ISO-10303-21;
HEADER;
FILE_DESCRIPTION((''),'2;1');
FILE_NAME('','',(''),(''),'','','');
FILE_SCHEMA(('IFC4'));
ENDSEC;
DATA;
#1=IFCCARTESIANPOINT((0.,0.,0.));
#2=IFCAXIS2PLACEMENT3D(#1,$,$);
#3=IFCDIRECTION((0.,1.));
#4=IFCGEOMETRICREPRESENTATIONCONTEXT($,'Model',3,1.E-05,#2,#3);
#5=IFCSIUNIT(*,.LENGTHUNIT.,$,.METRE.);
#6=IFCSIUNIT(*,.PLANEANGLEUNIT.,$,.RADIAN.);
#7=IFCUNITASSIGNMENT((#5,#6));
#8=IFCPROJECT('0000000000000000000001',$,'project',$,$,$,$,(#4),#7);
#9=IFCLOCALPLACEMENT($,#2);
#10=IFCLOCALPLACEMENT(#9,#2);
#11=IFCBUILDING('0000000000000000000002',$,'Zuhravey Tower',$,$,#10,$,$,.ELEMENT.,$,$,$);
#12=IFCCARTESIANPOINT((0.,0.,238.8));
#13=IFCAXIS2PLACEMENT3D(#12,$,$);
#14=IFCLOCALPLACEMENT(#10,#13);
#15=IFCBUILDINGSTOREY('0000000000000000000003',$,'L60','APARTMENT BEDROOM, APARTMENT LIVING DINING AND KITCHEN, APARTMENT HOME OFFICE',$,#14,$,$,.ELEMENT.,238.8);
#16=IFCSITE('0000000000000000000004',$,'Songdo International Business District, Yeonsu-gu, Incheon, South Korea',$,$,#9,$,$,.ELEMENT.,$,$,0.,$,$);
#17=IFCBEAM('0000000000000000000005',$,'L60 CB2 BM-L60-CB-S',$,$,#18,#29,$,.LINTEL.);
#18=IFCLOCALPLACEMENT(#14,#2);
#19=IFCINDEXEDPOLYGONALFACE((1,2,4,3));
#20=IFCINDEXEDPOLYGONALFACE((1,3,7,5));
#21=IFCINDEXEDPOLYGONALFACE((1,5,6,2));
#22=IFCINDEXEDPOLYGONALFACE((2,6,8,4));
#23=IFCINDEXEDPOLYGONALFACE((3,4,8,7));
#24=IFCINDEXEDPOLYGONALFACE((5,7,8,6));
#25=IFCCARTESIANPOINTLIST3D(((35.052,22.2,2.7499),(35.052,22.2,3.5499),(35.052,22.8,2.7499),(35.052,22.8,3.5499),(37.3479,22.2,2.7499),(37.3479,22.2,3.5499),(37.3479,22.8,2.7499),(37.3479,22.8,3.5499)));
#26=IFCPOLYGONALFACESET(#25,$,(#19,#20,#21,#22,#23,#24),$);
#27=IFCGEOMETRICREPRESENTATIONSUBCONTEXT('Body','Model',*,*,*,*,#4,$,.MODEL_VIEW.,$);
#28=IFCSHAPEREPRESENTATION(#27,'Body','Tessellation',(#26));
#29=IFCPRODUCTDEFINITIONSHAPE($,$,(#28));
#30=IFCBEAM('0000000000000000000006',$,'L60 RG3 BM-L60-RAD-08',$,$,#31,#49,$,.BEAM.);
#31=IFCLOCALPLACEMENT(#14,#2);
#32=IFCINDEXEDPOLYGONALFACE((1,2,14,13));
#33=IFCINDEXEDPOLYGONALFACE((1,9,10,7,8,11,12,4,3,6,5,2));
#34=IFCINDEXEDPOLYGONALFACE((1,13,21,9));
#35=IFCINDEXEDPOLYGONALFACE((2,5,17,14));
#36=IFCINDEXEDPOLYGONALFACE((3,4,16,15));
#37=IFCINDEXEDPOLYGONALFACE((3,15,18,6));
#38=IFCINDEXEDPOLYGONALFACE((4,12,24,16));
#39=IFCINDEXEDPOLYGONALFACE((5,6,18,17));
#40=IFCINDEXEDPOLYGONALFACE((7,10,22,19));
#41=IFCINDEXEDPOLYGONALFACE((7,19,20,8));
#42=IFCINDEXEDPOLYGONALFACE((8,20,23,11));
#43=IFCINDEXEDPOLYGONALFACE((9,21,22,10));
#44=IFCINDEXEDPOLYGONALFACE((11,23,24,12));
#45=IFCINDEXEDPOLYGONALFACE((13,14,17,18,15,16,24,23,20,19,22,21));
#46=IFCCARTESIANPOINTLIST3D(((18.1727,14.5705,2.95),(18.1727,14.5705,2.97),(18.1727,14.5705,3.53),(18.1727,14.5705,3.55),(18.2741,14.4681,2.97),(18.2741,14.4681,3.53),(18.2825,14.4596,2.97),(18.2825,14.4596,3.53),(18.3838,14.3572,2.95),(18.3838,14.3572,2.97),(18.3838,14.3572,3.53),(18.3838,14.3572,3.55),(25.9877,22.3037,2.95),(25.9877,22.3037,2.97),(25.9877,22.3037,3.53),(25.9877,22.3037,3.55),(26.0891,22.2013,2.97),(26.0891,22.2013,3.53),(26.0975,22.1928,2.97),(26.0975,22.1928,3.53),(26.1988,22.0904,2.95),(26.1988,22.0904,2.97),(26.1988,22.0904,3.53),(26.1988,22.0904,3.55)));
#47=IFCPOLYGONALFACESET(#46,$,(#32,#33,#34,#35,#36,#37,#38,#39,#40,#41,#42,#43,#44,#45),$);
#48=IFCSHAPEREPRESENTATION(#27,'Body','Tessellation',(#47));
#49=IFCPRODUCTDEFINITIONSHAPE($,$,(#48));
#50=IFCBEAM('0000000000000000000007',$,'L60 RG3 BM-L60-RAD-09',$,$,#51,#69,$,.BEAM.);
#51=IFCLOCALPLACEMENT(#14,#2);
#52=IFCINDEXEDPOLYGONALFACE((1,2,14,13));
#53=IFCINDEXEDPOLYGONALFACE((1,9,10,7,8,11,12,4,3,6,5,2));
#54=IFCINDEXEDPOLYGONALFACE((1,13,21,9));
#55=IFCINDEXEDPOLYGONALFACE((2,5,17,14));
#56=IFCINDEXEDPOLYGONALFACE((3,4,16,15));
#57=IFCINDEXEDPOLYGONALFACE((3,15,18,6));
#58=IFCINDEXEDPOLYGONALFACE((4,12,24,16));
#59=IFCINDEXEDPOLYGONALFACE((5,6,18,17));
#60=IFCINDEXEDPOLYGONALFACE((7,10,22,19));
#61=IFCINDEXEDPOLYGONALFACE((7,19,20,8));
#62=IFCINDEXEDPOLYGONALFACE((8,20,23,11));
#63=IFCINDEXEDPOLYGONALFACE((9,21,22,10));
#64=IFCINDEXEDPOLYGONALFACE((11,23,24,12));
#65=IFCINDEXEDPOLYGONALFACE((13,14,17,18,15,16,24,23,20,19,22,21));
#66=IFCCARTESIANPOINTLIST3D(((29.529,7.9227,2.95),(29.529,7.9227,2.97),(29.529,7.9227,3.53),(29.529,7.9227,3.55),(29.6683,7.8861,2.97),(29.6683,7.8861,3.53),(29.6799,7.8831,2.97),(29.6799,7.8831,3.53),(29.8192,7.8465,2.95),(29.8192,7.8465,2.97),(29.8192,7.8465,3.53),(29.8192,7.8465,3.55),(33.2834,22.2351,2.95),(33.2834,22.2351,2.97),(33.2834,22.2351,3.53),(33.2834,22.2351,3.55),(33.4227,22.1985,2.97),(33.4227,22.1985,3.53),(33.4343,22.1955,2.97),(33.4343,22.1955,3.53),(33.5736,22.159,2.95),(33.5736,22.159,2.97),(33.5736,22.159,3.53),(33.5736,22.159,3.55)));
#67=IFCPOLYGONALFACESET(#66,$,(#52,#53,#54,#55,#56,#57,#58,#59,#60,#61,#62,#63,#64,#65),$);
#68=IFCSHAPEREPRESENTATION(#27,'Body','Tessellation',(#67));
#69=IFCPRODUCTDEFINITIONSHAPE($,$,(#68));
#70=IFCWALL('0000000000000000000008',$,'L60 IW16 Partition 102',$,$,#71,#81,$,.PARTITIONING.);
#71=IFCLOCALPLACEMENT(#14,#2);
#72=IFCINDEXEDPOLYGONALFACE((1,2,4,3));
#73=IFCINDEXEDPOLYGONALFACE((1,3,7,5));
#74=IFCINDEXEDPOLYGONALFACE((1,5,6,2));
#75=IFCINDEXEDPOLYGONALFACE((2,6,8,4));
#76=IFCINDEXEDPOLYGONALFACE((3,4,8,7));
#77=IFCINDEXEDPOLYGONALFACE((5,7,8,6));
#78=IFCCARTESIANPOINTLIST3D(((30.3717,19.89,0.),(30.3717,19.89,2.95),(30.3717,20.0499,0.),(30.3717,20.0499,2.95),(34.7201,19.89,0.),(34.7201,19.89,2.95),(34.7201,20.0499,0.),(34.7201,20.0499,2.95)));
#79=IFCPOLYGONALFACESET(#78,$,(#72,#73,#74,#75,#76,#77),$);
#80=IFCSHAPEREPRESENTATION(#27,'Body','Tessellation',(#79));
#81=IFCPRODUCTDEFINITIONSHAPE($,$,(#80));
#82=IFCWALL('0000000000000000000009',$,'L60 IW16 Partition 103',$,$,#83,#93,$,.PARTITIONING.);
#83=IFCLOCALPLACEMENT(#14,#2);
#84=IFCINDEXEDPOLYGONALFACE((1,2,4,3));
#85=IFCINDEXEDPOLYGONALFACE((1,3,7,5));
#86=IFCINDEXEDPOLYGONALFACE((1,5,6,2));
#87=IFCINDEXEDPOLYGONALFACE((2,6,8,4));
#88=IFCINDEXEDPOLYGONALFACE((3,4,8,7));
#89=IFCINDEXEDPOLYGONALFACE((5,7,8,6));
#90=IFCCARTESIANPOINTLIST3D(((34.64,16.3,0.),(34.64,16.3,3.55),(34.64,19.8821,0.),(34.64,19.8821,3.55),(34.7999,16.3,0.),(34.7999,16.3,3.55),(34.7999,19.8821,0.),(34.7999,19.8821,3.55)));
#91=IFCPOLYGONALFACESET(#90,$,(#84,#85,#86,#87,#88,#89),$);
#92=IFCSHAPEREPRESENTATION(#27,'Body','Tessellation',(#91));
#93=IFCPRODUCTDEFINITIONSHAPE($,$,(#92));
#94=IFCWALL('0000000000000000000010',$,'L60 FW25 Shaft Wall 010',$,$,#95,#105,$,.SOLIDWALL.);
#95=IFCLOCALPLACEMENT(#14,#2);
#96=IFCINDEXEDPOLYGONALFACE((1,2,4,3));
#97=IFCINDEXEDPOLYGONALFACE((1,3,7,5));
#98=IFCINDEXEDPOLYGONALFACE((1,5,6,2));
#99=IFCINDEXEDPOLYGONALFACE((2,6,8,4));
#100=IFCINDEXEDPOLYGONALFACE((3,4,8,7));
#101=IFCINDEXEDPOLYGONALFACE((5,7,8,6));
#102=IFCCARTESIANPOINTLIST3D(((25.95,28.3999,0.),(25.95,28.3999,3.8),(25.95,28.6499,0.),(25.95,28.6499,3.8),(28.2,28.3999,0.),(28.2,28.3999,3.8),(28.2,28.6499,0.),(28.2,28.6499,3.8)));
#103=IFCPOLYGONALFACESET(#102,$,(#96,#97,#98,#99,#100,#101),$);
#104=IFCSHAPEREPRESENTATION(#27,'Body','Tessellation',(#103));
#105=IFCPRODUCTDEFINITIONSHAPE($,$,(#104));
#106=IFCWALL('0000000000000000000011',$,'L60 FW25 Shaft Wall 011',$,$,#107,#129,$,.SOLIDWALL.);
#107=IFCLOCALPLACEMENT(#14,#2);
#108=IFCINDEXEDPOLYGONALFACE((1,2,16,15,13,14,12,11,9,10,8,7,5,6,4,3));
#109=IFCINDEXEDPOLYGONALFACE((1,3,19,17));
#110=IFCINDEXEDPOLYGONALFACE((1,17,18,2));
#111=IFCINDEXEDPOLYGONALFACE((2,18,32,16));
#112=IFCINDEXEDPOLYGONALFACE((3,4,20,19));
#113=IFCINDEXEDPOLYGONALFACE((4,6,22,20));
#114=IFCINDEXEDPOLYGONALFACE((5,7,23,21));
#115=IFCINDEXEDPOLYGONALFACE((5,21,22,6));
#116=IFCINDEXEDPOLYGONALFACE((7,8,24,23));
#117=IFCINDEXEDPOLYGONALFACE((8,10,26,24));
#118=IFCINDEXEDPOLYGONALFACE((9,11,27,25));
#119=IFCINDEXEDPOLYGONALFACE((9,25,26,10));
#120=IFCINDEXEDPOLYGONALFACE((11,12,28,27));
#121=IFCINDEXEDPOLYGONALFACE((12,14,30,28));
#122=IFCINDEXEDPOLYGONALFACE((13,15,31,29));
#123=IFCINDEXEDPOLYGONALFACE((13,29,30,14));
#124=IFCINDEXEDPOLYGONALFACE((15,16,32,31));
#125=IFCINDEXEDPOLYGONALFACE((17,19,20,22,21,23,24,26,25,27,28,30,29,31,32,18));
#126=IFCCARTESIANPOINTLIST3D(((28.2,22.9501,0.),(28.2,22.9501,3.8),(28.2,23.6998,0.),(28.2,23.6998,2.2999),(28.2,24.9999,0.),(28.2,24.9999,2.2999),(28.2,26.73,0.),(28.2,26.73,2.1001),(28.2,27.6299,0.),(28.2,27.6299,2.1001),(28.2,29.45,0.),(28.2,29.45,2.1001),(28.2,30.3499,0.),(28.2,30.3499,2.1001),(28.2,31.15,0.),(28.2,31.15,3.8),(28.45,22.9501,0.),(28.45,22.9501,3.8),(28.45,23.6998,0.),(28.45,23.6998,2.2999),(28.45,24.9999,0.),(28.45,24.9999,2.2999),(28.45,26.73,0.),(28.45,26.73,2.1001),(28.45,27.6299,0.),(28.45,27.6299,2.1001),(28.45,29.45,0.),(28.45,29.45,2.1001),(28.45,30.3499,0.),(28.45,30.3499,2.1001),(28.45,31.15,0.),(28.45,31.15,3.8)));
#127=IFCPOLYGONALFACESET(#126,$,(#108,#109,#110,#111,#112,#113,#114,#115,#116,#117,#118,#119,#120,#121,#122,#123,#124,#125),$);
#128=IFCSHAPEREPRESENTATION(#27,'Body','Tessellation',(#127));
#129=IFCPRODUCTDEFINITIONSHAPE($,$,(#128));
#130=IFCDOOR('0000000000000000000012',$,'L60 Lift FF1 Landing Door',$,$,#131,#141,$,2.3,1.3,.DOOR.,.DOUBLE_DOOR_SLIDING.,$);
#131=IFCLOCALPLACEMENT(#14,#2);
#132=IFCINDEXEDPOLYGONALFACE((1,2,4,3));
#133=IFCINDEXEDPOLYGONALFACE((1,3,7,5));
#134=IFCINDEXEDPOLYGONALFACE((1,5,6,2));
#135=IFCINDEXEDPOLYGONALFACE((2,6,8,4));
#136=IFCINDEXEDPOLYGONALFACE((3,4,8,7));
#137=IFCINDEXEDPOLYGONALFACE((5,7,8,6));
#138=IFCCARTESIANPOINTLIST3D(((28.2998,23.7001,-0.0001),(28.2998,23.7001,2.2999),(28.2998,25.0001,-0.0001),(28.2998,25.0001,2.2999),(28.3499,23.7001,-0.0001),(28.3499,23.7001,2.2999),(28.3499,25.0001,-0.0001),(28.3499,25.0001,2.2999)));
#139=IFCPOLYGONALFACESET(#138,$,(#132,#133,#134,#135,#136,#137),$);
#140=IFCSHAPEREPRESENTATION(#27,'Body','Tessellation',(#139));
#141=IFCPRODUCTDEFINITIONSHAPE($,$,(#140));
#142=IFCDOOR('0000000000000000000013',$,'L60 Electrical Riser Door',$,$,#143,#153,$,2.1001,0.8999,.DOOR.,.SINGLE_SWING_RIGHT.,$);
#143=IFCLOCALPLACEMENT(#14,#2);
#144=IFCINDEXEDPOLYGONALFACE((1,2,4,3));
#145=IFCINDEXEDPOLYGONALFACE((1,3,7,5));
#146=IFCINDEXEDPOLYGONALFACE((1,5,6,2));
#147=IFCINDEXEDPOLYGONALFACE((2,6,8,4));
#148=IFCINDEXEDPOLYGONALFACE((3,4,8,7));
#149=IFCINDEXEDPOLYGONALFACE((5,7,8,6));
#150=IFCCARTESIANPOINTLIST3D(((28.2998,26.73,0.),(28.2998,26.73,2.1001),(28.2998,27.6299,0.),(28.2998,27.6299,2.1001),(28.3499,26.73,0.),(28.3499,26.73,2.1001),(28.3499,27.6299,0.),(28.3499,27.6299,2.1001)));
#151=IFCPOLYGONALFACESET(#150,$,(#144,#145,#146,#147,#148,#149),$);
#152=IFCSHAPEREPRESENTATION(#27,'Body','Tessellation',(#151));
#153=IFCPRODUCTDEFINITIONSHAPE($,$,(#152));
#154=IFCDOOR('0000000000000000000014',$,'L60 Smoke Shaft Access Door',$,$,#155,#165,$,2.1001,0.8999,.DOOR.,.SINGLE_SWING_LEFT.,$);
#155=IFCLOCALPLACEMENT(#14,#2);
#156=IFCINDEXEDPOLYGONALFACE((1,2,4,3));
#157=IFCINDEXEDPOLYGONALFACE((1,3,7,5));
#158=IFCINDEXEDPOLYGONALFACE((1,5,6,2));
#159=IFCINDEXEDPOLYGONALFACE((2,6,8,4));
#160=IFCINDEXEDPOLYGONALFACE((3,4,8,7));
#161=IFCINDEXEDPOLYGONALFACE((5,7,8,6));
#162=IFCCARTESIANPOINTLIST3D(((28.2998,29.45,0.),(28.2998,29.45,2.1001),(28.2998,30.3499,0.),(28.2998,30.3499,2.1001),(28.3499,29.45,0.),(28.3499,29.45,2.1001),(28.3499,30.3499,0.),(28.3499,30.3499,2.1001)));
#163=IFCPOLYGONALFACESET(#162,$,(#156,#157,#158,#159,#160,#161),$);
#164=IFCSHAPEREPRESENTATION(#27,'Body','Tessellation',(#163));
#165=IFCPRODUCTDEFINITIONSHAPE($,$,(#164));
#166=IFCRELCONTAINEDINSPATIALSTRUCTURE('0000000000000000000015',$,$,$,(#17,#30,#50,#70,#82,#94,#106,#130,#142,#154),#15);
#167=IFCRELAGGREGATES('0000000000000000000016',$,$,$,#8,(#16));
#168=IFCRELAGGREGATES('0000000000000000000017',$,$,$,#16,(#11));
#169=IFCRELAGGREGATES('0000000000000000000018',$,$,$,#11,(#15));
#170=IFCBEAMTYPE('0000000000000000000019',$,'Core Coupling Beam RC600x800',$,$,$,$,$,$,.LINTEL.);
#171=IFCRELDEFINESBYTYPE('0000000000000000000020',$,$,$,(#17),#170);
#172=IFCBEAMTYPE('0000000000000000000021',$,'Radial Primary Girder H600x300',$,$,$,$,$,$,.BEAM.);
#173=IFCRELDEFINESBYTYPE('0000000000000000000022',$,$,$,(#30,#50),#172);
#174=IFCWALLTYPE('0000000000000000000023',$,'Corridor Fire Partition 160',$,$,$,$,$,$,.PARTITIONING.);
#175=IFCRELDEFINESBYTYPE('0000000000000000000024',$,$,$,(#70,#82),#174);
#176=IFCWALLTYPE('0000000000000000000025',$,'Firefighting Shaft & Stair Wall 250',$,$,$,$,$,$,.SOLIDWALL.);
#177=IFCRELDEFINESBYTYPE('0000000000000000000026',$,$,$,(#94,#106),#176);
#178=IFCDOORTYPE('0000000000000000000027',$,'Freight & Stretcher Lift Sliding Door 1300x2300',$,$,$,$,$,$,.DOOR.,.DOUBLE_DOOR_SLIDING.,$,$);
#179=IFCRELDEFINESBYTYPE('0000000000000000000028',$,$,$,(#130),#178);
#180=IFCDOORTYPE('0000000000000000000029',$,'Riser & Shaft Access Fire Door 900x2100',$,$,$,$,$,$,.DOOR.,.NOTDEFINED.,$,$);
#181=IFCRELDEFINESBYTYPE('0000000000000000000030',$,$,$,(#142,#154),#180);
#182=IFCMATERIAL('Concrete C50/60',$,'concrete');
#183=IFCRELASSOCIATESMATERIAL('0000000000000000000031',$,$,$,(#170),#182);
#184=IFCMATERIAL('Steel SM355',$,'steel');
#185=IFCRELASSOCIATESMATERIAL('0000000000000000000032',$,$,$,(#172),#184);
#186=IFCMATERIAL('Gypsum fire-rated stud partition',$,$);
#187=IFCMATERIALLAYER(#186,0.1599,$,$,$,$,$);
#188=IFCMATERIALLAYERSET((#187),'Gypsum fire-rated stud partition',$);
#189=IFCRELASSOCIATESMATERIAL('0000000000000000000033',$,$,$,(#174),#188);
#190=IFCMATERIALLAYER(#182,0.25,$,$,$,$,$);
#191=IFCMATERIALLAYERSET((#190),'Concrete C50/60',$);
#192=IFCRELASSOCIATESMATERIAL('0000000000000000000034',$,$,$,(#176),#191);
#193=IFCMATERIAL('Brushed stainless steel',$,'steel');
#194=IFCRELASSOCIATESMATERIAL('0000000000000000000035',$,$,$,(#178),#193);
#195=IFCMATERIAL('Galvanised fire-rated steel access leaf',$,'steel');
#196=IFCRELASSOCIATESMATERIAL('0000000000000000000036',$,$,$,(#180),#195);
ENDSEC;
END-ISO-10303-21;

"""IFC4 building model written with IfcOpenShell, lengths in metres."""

from ifc_helpers import new_model, si_unit, direction, frame, frame_2d, origin, origin_2d, place, context, subcontext, project, spatial, rectangle, i_section, extrude, material, layer, layer_set, material_profile, profile_set, type_object, element, fill, save


model = new_model("IFC4")

# Units and contexts
model_context = context("Model", 3, precision=1e-05, world=origin(), true_north=direction((0.0, 1.0)))
body_context = subcontext(model_context, "Body", "Model", "MODEL_VIEW")
ifc_project = project(units=[si_unit("LENGTHUNIT", "METRE"), si_unit("PLANEANGLEUNIT", "RADIAN")], contexts=[model_context])

# Site, building, storey
site_placement = place(None, origin())
site = spatial("IfcSite", under=ifc_project, at=site_placement, Name="Songdo International Business District, Yeonsu-gu, Incheon, South Korea", CompositionType="ELEMENT", RefElevation=0.0)
building_placement = place(site_placement, origin())
building = spatial("IfcBuilding", under=site, at=building_placement, Name="Zuhravey Tower", CompositionType="ELEMENT")
storey_placement = place(building_placement, frame((0.0, 0.0, 238.8)))
storey = spatial("IfcBuildingStorey", under=building, at=storey_placement, Name="L60", Description="APARTMENT BEDROOM, APARTMENT LIVING DINING AND KITCHEN, APARTMENT HOME OFFICE", CompositionType="ELEMENT", Elevation=238.8)

# Beams
ifc_material_1 = material(Name="Concrete C50/60", Category="concrete")
ifc_material_profile_1 = material_profile(ifc_material_1, rectangle(XDim=0.6001, YDim=0.8, at=origin_2d()), Name="RC-600x800")
ifc_profile_set_1 = profile_set([ifc_material_profile_1], Name="Concrete C50/60")
beam_type_1 = type_object("IfcBeamType", Name="Core Coupling Beam RC600x800", PredefinedType="LINTEL", material=ifc_profile_set_1)
beam_1_placement = place(storey_placement, frame((35.052, 22.5, 3.1499), z_axis=(1.0, 0.0, 0.0), x_axis=(0.0, 1.0, 0.0)))
element("IfcBeam", 1, at=beam_1_placement, inside=storey, type_object=beam_type_1, Name="L60 CB2 BM-L60-CB-S", PredefinedType="LINTEL", context=body_context, shape_type="SweptSolid", body=[
    extrude(rectangle(XDim=0.6001, YDim=0.8, at=origin_2d()), origin(), (0.0, 0.0, 1.0), 2.2959),
])
ifc_material_2 = material(Name="Steel SM355", Category="steel")
ifc_material_profile_2 = material_profile(ifc_material_2, i_section(OverallWidth=0.3, OverallDepth=0.6001, WebThickness=0.012, FlangeThickness=0.02, at=origin_2d()), Name="H-600x300x12x20")
ifc_profile_set_2 = profile_set([ifc_material_profile_2], Name="Steel SM355")
beam_type_2 = type_object("IfcBeamType", Name="Radial Primary Girder H600x300", PredefinedType="BEAM", material=ifc_profile_set_2)
beam_2_placement = place(storey_placement, frame((26.0933, 22.197, 3.25), z_axis=(-0.710817, -0.703377, 0.0), x_axis=(0.703377, -0.710817, 0.0)))
element("IfcBeam", 2, at=beam_2_placement, inside=storey, type_object=beam_type_2, Name="L60 RG3 BM-L60-RAD-08", PredefinedType="BEAM", context=body_context, shape_type="SweptSolid", body=[
    extrude(i_section(OverallWidth=0.3, OverallDepth=0.6001, WebThickness=0.012, FlangeThickness=0.02, at=origin_2d()), origin(), (0.0, 0.0, 1.0), 10.9944),
])
beam_3_placement = place(storey_placement, frame((33.4285, 22.197, 3.25), z_axis=(-0.253731, -0.967275, 0.0), x_axis=(0.967275, -0.253731, 0.0)))
element("IfcBeam", 3, at=beam_3_placement, inside=storey, type_object=beam_type_2, Name="L60 RG3 BM-L60-RAD-09", PredefinedType="BEAM", context=body_context, shape_type="SweptSolid", body=[
    extrude(i_section(OverallWidth=0.3, OverallDepth=0.6001, WebThickness=0.012, FlangeThickness=0.02, at=origin_2d()), origin(), (0.0, 0.0, 1.0), 14.7966),
])

# Walls
ifc_material_3 = material(Name="Gypsum fire-rated stud partition")
ifc_layer_1 = layer(ifc_material_3, 0.1599)
ifc_layer_set_1 = layer_set([ifc_layer_1], Name="Gypsum fire-rated stud partition")
wall_type_1 = type_object("IfcWallType", Name="Corridor Fire Partition 160", PredefinedType="PARTITIONING", material=ifc_layer_set_1)
wall_1_placement = place(storey_placement, frame((30.3716, 19.97, 0.0), z_axis=(0.0, 0.0, 1.0), x_axis=(1.0, 0.0, 0.0)))
element("IfcWall", 4, at=wall_1_placement, inside=storey, type_object=wall_type_1, Name="L60 IW16 Partition 102", PredefinedType="PARTITIONING", context=body_context, shape_type="SweptSolid", body=[
    extrude(rectangle(XDim=4.3484, YDim=0.1599, at=frame_2d((2.1743, 0.0))), origin(), (0.0, 0.0, 1.0), 2.95),
])
wall_2_placement = place(storey_placement, frame((34.72, 19.8821, 0.0), z_axis=(0.0, 0.0, 1.0), x_axis=(0.0, -1.0, 0.0)))
element("IfcWall", 5, at=wall_2_placement, inside=storey, type_object=wall_type_1, Name="L60 IW16 Partition 103", PredefinedType="PARTITIONING", context=body_context, shape_type="SweptSolid", body=[
    extrude(rectangle(XDim=3.582, YDim=0.1599, at=frame_2d((1.791, 0.0))), origin(), (0.0, 0.0, 1.0), 3.55),
])

# Shared definitions
ifc_layer_2 = layer(ifc_material_1, 0.25)
ifc_layer_set_2 = layer_set([ifc_layer_2], Name="Concrete C50/60")
wall_type_2 = type_object("IfcWallType", Name="Firefighting Shaft & Stair Wall 250", PredefinedType="SOLIDWALL", material=ifc_layer_set_2)

# Wall
wall_3_placement = place(storey_placement, frame((25.95, 28.5249, 0.0), z_axis=(0.0, 0.0, 1.0), x_axis=(1.0, 0.0, 0.0)))
element("IfcWall", 6, at=wall_3_placement, inside=storey, type_object=wall_type_2, Name="L60 FW25 Shaft Wall 010", PredefinedType="SOLIDWALL", context=body_context, shape_type="SweptSolid", body=[
    extrude(rectangle(XDim=2.25, YDim=0.25, at=frame_2d((1.125, 0.0))), origin(), (0.0, 0.0, 1.0), 3.8),
])

# Wall, openings, doors
wall_4_placement = place(storey_placement, frame((28.325, 22.95, 0.0), z_axis=(0.0, 0.0, 1.0), x_axis=(0.0, 1.0, 0.0)))
wall_4 = element("IfcWall", 7, at=wall_4_placement, inside=storey, type_object=wall_type_2, Name="L60 FW25 Shaft Wall 011", PredefinedType="SOLIDWALL", context=body_context, shape_type="SweptSolid", body=[
    extrude(rectangle(XDim=8.2, YDim=0.25, at=frame_2d((4.1001, 0.0))), origin(), (0.0, 0.0, 1.0), 3.8),
])
opening_1_placement = place(wall_4_placement, frame((0.75, 0.0, 0.0)))
opening_1 = element("IfcOpeningElement", 8, at=opening_1_placement, cuts=wall_4, PredefinedType="OPENING", context=body_context, shape_type="SweptSolid", body=[
    extrude(rectangle(XDim=1.3, YDim=2.3, at=frame_2d((0.6499, 1.1499))), frame((0.0, 0.137, 0.0), z_axis=(0.0, -1.0, 0.0), x_axis=(1.0, 0.0, 0.0)), (0.0, 0.0, 1.0), 0.2739),
])
opening_2_placement = place(wall_4_placement, frame((3.78, 0.0, 0.0)))
opening_2 = element("IfcOpeningElement", 9, at=opening_2_placement, cuts=wall_4, PredefinedType="OPENING", context=body_context, shape_type="SweptSolid", body=[
    extrude(rectangle(XDim=0.8999, YDim=2.1001, at=frame_2d((0.45, 1.05))), frame((0.0, 0.137, 0.0), z_axis=(0.0, -1.0, 0.0), x_axis=(1.0, 0.0, 0.0)), (0.0, 0.0, 1.0), 0.2739),
])
opening_3_placement = place(wall_4_placement, frame((6.5, 0.0, 0.0)))
opening_3 = element("IfcOpeningElement", 10, at=opening_3_placement, cuts=wall_4, PredefinedType="OPENING", context=body_context, shape_type="SweptSolid", body=[
    extrude(rectangle(XDim=0.8999, YDim=2.1001, at=frame_2d((0.45, 1.05))), frame((0.0, 0.137, 0.0), z_axis=(0.0, -1.0, 0.0), x_axis=(1.0, 0.0, 0.0)), (0.0, 0.0, 1.0), 0.2739),
])
ifc_material_4 = material(Name="Brushed stainless steel", Category="steel")
door_type_1 = type_object("IfcDoorType", Name="Freight & Stretcher Lift Sliding Door 1300x2300", OperationType="DOUBLE_DOOR_SLIDING", PredefinedType="DOOR", material=ifc_material_4)
door_1_placement = place(opening_1_placement, frame((1.3, 0.0, 0.0), z_axis=(0.0, 0.0, 1.0), x_axis=(-1.0, 0.0, 0.0)))
door_1 = element("IfcDoor", 11, at=door_1_placement, inside=storey, type_object=door_type_1, Name="L60 Lift FF1 Landing Door", OperationType="DOUBLE_DOOR_SLIDING", OverallHeight=2.3, OverallWidth=1.3, PredefinedType="DOOR", context=body_context, shape_type="SweptSolid", body=[
    extrude(rectangle(XDim=1.3, YDim=2.3, at=frame_2d((0.6499, 1.1499))), frame((0.0, 0.0249, 0.0), z_axis=(0.0, -1.0, 0.0), x_axis=(1.0, 0.0, 0.0)), (0.0, 0.0, 1.0), 0.05),
])
fill(opening_1, door_1)
ifc_material_5 = material(Name="Galvanised fire-rated steel access leaf", Category="steel")
door_type_2 = type_object("IfcDoorType", Name="Riser & Shaft Access Fire Door 900x2100", OperationType="NOTDEFINED", PredefinedType="DOOR", material=ifc_material_5)
door_2_placement = place(opening_2_placement, frame((0.8999, 0.0, 0.0), z_axis=(0.0, 0.0, 1.0), x_axis=(-1.0, 0.0, 0.0)))
door_2 = element("IfcDoor", 12, at=door_2_placement, inside=storey, type_object=door_type_2, Name="L60 Electrical Riser Door", OperationType="SINGLE_SWING_RIGHT", OverallHeight=2.1001, OverallWidth=0.8999, PredefinedType="DOOR", context=body_context, shape_type="SweptSolid", body=[
    extrude(rectangle(XDim=0.8999, YDim=2.1001, at=frame_2d((0.45, 1.05))), frame((0.0, 0.0249, 0.0), z_axis=(0.0, -1.0, 0.0), x_axis=(1.0, 0.0, 0.0)), (0.0, 0.0, 1.0), 0.05),
])
fill(opening_2, door_2)
door_3_placement = place(opening_3_placement, frame((0.8999, 0.0, 0.0), z_axis=(0.0, 0.0, 1.0), x_axis=(-1.0, 0.0, 0.0)))
door_3 = element("IfcDoor", 13, at=door_3_placement, inside=storey, type_object=door_type_2, Name="L60 Smoke Shaft Access Door", OperationType="SINGLE_SWING_LEFT", OverallHeight=2.1001, OverallWidth=0.8999, PredefinedType="DOOR", context=body_context, shape_type="SweptSolid", body=[
    extrude(rectangle(XDim=0.8999, YDim=2.1001, at=frame_2d((0.45, 1.05))), frame((0.0, 0.0249, 0.0), z_axis=(0.0, -1.0, 0.0), x_axis=(1.0, 0.0, 0.0)), (0.0, 0.0, 1.0), 0.05),
])
fill(opening_3, door_3)

save(model, "model.ifc")
